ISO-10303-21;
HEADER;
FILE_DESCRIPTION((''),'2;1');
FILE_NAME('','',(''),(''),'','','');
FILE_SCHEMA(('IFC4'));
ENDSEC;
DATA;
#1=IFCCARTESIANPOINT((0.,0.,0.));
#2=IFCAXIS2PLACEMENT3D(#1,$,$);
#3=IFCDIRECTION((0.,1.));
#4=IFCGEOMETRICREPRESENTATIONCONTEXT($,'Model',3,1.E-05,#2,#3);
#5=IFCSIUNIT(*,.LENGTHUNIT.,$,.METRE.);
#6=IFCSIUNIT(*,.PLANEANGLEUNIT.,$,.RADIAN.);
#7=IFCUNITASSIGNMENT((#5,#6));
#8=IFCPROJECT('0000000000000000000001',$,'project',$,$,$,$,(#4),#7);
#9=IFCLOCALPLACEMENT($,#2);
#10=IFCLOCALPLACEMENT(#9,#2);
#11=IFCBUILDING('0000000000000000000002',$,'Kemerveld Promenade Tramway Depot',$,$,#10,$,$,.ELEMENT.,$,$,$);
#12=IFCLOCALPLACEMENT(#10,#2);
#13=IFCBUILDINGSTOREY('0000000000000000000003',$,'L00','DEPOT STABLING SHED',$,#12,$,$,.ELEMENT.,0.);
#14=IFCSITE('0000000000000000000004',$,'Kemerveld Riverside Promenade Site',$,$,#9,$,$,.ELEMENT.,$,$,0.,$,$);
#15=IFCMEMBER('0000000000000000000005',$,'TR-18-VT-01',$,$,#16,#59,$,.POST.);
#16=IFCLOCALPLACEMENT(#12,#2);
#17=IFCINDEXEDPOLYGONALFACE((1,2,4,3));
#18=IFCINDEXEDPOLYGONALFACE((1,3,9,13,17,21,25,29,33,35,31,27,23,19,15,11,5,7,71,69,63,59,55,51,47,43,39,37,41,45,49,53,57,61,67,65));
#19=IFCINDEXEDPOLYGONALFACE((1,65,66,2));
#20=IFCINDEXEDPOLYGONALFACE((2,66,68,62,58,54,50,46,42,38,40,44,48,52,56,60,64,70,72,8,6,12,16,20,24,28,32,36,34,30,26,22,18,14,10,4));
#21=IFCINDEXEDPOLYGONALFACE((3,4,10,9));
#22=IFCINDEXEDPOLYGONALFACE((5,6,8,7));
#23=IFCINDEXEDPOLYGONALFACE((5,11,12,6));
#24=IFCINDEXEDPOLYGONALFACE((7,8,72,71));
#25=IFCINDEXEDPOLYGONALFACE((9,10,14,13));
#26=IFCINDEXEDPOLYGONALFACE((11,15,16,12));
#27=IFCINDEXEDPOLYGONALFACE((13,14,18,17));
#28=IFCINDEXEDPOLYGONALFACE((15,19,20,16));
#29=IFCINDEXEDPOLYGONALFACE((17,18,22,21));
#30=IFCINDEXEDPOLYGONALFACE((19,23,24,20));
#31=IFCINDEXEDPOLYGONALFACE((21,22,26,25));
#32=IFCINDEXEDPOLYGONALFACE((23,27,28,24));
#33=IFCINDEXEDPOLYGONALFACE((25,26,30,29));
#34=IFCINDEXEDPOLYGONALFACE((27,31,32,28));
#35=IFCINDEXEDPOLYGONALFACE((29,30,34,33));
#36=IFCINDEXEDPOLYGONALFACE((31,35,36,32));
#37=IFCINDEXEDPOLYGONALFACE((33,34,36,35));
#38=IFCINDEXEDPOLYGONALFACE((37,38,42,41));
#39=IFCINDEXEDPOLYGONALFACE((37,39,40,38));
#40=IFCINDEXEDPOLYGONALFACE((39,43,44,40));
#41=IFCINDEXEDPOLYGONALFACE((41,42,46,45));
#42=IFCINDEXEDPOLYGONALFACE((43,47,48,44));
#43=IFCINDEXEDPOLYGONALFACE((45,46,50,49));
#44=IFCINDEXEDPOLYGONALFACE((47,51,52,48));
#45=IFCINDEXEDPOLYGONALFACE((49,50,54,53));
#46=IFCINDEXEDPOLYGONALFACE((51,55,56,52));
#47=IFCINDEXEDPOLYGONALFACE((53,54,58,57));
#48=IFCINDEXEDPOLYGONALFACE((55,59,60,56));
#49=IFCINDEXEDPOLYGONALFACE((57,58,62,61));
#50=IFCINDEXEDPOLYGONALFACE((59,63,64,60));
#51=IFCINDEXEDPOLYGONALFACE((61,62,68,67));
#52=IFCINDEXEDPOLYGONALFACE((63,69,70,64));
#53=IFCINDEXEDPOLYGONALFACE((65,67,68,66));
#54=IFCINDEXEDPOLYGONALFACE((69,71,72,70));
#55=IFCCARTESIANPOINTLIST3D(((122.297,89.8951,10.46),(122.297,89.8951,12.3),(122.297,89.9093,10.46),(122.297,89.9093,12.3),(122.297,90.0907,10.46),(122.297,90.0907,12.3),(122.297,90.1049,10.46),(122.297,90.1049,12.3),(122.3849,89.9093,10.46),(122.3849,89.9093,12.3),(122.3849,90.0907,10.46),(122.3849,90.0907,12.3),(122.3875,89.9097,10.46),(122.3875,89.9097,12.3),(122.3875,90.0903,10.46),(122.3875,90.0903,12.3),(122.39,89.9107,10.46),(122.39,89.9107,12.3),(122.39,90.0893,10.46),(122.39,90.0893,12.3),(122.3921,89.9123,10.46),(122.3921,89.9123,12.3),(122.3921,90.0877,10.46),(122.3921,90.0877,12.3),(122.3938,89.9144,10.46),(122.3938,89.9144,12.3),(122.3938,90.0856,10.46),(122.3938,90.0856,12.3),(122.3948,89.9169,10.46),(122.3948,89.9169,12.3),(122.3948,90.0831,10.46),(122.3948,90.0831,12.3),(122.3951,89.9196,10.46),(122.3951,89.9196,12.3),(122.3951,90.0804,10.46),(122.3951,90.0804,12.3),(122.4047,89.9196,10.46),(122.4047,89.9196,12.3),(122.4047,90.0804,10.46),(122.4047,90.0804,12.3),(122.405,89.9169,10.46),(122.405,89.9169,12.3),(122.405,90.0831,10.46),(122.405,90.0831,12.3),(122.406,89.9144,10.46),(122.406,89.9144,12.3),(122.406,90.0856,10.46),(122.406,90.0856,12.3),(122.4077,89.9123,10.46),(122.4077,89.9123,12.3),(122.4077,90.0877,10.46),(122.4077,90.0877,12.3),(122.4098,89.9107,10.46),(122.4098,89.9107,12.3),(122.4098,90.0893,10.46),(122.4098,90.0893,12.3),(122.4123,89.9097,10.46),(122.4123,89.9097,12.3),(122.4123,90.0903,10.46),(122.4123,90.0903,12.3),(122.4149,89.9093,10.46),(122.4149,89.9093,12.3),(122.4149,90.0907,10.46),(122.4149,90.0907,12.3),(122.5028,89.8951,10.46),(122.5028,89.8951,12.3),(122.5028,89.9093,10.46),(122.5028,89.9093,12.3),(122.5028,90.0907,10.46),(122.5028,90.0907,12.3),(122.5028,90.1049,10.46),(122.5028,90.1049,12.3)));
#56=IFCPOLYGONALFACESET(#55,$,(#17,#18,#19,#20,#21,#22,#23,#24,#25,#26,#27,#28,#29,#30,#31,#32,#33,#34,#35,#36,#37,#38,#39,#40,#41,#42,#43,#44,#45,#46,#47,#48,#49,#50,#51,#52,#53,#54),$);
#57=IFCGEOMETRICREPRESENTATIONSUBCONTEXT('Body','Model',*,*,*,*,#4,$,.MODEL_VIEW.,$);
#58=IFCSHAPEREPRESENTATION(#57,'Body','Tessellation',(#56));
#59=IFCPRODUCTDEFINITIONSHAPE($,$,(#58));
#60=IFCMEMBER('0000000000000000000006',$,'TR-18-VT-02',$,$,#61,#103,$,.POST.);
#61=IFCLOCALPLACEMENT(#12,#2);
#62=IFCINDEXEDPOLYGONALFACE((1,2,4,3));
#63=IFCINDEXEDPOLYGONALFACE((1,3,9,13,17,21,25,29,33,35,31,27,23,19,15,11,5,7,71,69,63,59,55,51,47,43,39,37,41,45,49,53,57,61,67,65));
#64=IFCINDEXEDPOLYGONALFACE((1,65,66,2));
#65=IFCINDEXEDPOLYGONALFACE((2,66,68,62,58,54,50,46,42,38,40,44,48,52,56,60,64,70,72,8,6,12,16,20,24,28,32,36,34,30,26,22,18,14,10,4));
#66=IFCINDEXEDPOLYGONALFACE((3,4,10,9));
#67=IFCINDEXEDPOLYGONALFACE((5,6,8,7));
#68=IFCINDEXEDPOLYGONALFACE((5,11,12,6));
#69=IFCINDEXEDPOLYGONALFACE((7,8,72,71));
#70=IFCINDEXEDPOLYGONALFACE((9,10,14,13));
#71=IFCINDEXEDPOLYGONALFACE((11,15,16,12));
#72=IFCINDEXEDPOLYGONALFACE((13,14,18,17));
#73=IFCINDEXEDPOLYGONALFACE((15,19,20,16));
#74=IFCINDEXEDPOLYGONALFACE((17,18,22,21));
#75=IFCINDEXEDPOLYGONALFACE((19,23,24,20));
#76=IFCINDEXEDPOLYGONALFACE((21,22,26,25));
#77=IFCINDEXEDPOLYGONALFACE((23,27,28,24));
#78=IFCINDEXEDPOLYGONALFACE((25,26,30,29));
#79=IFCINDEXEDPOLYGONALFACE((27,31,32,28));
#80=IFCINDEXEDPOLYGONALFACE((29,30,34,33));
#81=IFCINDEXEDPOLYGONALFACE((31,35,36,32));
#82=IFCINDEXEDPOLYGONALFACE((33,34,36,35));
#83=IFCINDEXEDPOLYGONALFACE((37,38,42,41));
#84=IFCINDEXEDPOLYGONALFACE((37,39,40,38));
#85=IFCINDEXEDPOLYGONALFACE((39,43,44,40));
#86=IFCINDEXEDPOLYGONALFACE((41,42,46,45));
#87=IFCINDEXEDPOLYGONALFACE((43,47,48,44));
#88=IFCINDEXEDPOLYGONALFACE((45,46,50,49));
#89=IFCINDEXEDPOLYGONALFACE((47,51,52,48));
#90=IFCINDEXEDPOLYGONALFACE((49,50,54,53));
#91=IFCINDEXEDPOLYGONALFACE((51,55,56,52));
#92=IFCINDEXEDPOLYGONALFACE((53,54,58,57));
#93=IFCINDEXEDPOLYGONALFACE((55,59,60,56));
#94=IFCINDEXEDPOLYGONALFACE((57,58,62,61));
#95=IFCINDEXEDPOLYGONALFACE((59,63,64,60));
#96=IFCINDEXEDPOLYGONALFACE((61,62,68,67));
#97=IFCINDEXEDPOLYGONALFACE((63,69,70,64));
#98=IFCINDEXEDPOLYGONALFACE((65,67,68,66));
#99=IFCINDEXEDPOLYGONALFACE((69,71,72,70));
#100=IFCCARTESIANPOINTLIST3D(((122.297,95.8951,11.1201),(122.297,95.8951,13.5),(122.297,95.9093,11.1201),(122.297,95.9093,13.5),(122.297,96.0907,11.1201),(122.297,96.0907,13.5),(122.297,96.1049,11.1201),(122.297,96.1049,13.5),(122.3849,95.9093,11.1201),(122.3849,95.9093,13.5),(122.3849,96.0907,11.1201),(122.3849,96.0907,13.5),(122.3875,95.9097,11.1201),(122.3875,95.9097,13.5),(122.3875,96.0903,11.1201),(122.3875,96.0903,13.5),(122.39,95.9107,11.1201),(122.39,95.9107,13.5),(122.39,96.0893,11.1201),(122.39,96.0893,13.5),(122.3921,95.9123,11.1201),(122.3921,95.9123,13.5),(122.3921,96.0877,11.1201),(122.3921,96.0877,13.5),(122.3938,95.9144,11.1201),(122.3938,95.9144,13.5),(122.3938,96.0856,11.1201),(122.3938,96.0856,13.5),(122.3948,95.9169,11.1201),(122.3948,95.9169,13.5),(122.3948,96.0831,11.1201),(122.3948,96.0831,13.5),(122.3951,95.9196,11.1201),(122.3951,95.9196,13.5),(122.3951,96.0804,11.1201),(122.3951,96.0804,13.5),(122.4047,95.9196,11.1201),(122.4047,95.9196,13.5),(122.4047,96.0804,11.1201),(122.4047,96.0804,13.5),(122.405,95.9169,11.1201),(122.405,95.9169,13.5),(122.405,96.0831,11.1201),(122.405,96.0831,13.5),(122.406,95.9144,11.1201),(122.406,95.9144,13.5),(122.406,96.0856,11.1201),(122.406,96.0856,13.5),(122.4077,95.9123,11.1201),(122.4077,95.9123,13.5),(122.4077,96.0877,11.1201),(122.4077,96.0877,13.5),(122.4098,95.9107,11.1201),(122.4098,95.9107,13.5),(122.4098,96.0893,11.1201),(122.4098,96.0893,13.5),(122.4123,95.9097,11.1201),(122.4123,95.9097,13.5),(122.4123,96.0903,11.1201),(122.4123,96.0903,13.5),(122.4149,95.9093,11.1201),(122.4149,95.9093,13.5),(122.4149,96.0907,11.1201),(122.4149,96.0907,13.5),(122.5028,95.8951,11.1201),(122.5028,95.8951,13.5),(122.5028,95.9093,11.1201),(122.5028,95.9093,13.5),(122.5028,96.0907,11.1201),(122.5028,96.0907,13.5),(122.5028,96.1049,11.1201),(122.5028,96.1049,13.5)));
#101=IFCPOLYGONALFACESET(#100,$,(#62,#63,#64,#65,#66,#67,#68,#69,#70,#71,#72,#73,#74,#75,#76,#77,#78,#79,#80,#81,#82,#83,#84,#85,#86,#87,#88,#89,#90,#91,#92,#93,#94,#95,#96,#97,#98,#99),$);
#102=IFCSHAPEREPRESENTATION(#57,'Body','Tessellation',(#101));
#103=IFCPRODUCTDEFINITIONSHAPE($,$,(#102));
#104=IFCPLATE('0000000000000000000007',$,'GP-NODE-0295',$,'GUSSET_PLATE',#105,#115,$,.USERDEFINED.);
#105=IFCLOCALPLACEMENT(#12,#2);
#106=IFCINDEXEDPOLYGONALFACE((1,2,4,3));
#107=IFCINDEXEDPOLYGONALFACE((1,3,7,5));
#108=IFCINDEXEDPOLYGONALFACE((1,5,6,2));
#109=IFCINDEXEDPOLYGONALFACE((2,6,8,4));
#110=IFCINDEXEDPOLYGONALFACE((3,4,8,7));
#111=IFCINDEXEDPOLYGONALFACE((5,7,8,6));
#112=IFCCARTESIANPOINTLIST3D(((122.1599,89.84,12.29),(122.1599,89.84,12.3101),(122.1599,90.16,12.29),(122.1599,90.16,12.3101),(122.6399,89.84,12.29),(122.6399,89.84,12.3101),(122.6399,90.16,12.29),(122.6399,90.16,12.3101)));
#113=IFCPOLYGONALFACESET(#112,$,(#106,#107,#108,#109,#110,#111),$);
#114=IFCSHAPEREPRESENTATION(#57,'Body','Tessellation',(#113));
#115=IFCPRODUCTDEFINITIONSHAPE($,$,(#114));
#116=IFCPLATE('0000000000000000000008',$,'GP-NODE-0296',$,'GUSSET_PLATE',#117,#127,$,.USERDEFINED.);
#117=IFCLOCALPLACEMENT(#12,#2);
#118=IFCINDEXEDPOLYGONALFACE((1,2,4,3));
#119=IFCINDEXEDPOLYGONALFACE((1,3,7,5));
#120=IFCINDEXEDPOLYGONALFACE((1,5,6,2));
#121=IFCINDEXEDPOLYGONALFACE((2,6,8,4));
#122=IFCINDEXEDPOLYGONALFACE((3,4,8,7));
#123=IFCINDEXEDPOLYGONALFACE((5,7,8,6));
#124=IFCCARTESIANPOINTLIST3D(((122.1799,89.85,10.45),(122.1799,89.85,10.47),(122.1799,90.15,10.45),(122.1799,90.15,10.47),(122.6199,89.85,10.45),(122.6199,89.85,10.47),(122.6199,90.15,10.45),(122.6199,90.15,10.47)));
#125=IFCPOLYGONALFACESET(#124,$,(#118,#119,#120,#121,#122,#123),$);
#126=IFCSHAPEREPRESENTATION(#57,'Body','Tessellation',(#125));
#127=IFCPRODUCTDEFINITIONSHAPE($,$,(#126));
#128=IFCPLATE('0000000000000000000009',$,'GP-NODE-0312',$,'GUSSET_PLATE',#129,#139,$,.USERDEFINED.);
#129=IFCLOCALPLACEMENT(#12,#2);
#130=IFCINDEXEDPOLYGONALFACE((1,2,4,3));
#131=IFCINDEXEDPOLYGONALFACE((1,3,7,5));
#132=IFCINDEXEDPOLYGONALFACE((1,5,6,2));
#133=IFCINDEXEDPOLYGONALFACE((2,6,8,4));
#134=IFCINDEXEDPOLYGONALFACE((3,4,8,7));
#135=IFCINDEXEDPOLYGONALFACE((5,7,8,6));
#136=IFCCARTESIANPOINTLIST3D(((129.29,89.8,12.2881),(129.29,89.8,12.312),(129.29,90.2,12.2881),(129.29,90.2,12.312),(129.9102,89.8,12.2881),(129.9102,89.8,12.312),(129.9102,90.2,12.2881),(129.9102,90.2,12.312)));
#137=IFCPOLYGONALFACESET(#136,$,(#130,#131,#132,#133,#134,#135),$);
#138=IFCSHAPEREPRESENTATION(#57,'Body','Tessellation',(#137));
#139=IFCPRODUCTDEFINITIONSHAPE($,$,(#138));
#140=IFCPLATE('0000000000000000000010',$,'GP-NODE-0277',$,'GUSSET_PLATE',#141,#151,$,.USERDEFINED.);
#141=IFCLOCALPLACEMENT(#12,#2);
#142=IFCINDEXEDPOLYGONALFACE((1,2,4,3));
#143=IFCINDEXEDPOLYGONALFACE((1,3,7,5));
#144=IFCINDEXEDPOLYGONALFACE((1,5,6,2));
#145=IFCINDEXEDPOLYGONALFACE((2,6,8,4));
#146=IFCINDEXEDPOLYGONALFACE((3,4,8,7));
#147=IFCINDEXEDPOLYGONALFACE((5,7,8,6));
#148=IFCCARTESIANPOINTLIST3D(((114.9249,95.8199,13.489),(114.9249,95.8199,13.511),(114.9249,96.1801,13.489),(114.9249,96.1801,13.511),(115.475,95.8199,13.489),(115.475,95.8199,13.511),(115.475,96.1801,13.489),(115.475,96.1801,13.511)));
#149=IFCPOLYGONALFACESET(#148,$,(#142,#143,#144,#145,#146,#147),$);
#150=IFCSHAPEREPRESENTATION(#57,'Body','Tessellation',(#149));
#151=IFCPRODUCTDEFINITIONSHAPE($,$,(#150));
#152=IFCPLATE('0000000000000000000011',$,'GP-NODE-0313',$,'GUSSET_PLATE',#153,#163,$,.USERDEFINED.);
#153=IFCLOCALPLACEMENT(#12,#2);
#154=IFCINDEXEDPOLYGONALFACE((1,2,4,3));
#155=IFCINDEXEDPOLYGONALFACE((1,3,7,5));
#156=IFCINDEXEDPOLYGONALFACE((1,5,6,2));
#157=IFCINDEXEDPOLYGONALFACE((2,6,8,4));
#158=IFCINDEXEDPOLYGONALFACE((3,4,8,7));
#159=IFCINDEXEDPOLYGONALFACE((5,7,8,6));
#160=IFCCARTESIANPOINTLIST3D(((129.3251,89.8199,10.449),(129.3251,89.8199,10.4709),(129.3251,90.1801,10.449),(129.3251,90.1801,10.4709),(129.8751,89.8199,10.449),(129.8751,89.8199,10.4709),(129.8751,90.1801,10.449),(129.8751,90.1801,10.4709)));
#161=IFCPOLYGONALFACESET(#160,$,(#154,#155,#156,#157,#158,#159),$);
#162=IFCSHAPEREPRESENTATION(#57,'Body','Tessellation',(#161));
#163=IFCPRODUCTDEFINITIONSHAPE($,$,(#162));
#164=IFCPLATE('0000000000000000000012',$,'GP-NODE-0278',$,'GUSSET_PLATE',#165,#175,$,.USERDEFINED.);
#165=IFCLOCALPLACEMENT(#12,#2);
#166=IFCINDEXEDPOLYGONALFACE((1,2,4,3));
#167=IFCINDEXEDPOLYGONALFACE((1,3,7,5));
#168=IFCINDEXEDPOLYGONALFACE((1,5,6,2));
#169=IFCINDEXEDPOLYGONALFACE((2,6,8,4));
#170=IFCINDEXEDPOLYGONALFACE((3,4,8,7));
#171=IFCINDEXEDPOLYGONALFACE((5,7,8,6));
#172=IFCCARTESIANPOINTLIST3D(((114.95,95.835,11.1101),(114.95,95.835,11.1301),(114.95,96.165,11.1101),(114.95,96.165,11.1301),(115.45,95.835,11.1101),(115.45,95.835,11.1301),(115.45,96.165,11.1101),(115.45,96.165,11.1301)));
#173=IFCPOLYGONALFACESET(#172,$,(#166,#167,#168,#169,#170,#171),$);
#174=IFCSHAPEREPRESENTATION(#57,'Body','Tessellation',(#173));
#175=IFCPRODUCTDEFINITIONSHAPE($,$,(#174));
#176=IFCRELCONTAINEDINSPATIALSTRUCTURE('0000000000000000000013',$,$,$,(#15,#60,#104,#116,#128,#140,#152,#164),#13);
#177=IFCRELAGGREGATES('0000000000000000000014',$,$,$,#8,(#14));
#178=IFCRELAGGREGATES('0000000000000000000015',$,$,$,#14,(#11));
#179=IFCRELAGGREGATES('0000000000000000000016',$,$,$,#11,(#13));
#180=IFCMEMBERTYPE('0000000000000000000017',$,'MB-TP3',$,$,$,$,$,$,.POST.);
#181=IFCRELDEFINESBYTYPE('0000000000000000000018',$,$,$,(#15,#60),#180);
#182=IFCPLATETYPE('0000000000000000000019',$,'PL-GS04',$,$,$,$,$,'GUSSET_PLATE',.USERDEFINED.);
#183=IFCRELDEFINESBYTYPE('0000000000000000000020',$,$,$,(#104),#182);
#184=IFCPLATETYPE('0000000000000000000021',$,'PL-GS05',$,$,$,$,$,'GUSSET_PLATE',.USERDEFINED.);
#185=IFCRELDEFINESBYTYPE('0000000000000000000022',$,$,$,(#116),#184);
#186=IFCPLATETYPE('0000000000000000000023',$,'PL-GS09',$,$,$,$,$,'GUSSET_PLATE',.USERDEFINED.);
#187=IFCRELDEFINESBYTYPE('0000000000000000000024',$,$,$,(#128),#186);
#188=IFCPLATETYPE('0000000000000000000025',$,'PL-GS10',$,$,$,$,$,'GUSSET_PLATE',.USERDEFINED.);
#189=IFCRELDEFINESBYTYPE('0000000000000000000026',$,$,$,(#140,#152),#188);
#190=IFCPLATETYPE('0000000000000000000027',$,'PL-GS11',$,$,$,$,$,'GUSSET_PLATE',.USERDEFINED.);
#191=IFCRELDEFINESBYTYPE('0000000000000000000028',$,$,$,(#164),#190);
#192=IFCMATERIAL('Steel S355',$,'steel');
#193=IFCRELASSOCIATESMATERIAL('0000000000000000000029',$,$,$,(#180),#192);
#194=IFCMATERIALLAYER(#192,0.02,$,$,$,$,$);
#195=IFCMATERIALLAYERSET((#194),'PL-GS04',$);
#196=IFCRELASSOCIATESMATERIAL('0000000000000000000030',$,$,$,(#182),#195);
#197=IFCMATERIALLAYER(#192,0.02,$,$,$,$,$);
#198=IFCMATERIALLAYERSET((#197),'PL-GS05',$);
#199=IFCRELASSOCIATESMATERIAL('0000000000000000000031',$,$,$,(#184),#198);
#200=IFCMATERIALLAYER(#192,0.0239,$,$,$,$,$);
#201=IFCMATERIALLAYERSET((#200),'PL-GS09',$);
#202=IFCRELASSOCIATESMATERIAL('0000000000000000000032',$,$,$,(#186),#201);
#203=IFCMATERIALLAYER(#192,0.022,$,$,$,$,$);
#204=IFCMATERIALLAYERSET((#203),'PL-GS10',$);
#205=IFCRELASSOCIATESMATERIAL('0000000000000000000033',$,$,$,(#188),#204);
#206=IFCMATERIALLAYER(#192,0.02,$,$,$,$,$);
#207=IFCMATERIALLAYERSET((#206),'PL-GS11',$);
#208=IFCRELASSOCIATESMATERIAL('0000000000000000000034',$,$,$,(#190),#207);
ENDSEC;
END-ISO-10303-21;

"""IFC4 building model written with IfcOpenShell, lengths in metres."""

from ifc_helpers import new_model, si_unit, direction, frame, origin, origin_2d, place, context, subcontext, project, spatial, rectangle, i_section, extrude, material, layer, layer_set, material_profile, profile_set, type_object, element, save


model = new_model("IFC4")

# Units and contexts
model_context = context("Model", 3, precision=1e-05, world=origin(), true_north=direction((0.0, 1.0)))
body_context = subcontext(model_context, "Body", "Model", "MODEL_VIEW")
ifc_project = project(units=[si_unit("LENGTHUNIT", "METRE"), si_unit("PLANEANGLEUNIT", "RADIAN")], contexts=[model_context])

# Site, building, storey
site_placement = place(None, origin())
site = spatial("IfcSite", under=ifc_project, at=site_placement, Name="Kemerveld Riverside Promenade Site", CompositionType="ELEMENT", RefElevation=0.0)
building_placement = place(site_placement, origin())
building = spatial("IfcBuilding", under=site, at=building_placement, Name="Kemerveld Promenade Tramway Depot", CompositionType="ELEMENT")
storey_placement = place(building_placement, origin())
storey = spatial("IfcBuildingStorey", under=building, at=storey_placement, Name="L00", Description="DEPOT STABLING SHED", CompositionType="ELEMENT", Elevation=0.0)

# Members
ifc_material_1 = material(Name="Steel S355", Category="steel")
ifc_material_profile_1 = material_profile(ifc_material_1, i_section(OverallWidth=0.2058, OverallDepth=0.2097, WebThickness=0.0095, FlangeThickness=0.0142, FilletRadius=0.0103, at=origin_2d()), Name="203x203x60 UC")
ifc_profile_set_1 = profile_set([ifc_material_profile_1], Name="Steel S355")
member_type_1 = type_object("IfcMemberType", Name="MB-TP3", PredefinedType="POST", material=ifc_profile_set_1)
member_1_placement = place(storey_placement, frame((122.3999, 90.0, 10.46), z_axis=(0.0, 0.0, 1.0), x_axis=(1.0, 0.0, 0.0)))
element("IfcMember", 1, at=member_1_placement, inside=storey, type_object=member_type_1, Name="TR-18-VT-01", PredefinedType="POST", context=body_context, shape_type="SweptSolid", body=[
    extrude(i_section(OverallWidth=0.2058, OverallDepth=0.2097, WebThickness=0.0095, FlangeThickness=0.0142, FilletRadius=0.0103, at=origin_2d()), origin(), (0.0, 0.0, 1.0), 1.8401),
])
member_2_placement = place(storey_placement, frame((122.3999, 96.0, 11.1201), z_axis=(0.0, 0.0, 1.0), x_axis=(1.0, 0.0, 0.0)))
element("IfcMember", 2, at=member_2_placement, inside=storey, type_object=member_type_1, Name="TR-18-VT-02", PredefinedType="POST", context=body_context, shape_type="SweptSolid", body=[
    extrude(i_section(OverallWidth=0.2058, OverallDepth=0.2097, WebThickness=0.0095, FlangeThickness=0.0142, FilletRadius=0.0103, at=origin_2d()), origin(), (0.0, 0.0, 1.0), 2.3799),
])

# Plates
ifc_layer_1 = layer(ifc_material_1, 0.02)
ifc_layer_set_1 = layer_set([ifc_layer_1], Name="PL-GS04")
plate_type_1 = type_object("IfcPlateType", Name="PL-GS04", ElementType="GUSSET_PLATE", PredefinedType="USERDEFINED", material=ifc_layer_set_1)
plate_1_placement = place(storey_placement, frame((122.3999, 90.0, 12.29), z_axis=(0.0, 0.0, 1.0), x_axis=(1.0, 0.0, 0.0)))
element("IfcPlate", 3, at=plate_1_placement, inside=storey, type_object=plate_type_1, Name="GP-NODE-0295", ObjectType="GUSSET_PLATE", PredefinedType="USERDEFINED", context=body_context, shape_type="SweptSolid", body=[
    extrude(rectangle(XDim=0.48, YDim=0.3201, at=origin_2d()), origin(), (0.0, 0.0, 1.0), 0.02),
])
ifc_layer_2 = layer(ifc_material_1, 0.02)
ifc_layer_set_2 = layer_set([ifc_layer_2], Name="PL-GS05")
plate_type_2 = type_object("IfcPlateType", Name="PL-GS05", ElementType="GUSSET_PLATE", PredefinedType="USERDEFINED", material=ifc_layer_set_2)
plate_2_placement = place(storey_placement, frame((122.3999, 90.0, 10.45), z_axis=(0.0, 0.0, 1.0), x_axis=(1.0, 0.0, 0.0)))
element("IfcPlate", 4, at=plate_2_placement, inside=storey, type_object=plate_type_2, Name="GP-NODE-0296", ObjectType="GUSSET_PLATE", PredefinedType="USERDEFINED", context=body_context, shape_type="SweptSolid", body=[
    extrude(rectangle(XDim=0.4399, YDim=0.3, at=origin_2d()), origin(), (0.0, 0.0, 1.0), 0.02),
])
ifc_layer_3 = layer(ifc_material_1, 0.0239)
ifc_layer_set_3 = layer_set([ifc_layer_3], Name="PL-GS09")
plate_type_3 = type_object("IfcPlateType", Name="PL-GS09", ElementType="GUSSET_PLATE", PredefinedType="USERDEFINED", material=ifc_layer_set_3)
plate_3_placement = place(storey_placement, frame((129.6001, 90.0, 12.2881), z_axis=(0.0, 0.0, 1.0), x_axis=(1.0, 0.0, 0.0)))
element("IfcPlate", 5, at=plate_3_placement, inside=storey, type_object=plate_type_3, Name="GP-NODE-0312", ObjectType="GUSSET_PLATE", PredefinedType="USERDEFINED", context=body_context, shape_type="SweptSolid", body=[
    extrude(rectangle(XDim=0.6201, YDim=0.3999, at=origin_2d()), origin(), (0.0, 0.0, 1.0), 0.0239),
])
ifc_layer_4 = layer(ifc_material_1, 0.022)
ifc_layer_set_4 = layer_set([ifc_layer_4], Name="PL-GS10")
plate_type_4 = type_object("IfcPlateType", Name="PL-GS10", ElementType="GUSSET_PLATE", PredefinedType="USERDEFINED", material=ifc_layer_set_4)
for number, where, z_axis, x_axis, name in (
    (6, (115.2, 96.0, 13.489), (0.0, 0.0, 1.0), (1.0, 0.0, 0.0), "GP-NODE-0277"),
    (7, (129.6001, 90.0, 10.449), (0.0, 0.0, 1.0), (1.0, 0.0, 0.0), "GP-NODE-0313"),
):
    element("IfcPlate", number, at=place(storey_placement, frame(where, z_axis=z_axis, x_axis=x_axis)), inside=storey, type_object=plate_type_4, Name=name, ObjectType="GUSSET_PLATE", PredefinedType="USERDEFINED", context=body_context, shape_type="SweptSolid", body=[
        extrude(rectangle(XDim=0.55, YDim=0.3601, at=origin_2d()), origin(), (0.0, 0.0, 1.0), 0.022),
    ])
ifc_layer_5 = layer(ifc_material_1, 0.02)
ifc_layer_set_5 = layer_set([ifc_layer_5], Name="PL-GS11")
plate_type_5 = type_object("IfcPlateType", Name="PL-GS11", ElementType="GUSSET_PLATE", PredefinedType="USERDEFINED", material=ifc_layer_set_5)
plate_4_placement = place(storey_placement, frame((115.2, 96.0, 11.1101), z_axis=(0.0, 0.0, 1.0), x_axis=(1.0, 0.0, 0.0)))
element("IfcPlate", 8, at=plate_4_placement, inside=storey, type_object=plate_type_5, Name="GP-NODE-0278", ObjectType="GUSSET_PLATE", PredefinedType="USERDEFINED", context=body_context, shape_type="SweptSolid", body=[
    extrude(rectangle(XDim=0.5, YDim=0.3301, at=origin_2d()), origin(), (0.0, 0.0, 1.0), 0.02),
])

save(model, "model.ifc")
